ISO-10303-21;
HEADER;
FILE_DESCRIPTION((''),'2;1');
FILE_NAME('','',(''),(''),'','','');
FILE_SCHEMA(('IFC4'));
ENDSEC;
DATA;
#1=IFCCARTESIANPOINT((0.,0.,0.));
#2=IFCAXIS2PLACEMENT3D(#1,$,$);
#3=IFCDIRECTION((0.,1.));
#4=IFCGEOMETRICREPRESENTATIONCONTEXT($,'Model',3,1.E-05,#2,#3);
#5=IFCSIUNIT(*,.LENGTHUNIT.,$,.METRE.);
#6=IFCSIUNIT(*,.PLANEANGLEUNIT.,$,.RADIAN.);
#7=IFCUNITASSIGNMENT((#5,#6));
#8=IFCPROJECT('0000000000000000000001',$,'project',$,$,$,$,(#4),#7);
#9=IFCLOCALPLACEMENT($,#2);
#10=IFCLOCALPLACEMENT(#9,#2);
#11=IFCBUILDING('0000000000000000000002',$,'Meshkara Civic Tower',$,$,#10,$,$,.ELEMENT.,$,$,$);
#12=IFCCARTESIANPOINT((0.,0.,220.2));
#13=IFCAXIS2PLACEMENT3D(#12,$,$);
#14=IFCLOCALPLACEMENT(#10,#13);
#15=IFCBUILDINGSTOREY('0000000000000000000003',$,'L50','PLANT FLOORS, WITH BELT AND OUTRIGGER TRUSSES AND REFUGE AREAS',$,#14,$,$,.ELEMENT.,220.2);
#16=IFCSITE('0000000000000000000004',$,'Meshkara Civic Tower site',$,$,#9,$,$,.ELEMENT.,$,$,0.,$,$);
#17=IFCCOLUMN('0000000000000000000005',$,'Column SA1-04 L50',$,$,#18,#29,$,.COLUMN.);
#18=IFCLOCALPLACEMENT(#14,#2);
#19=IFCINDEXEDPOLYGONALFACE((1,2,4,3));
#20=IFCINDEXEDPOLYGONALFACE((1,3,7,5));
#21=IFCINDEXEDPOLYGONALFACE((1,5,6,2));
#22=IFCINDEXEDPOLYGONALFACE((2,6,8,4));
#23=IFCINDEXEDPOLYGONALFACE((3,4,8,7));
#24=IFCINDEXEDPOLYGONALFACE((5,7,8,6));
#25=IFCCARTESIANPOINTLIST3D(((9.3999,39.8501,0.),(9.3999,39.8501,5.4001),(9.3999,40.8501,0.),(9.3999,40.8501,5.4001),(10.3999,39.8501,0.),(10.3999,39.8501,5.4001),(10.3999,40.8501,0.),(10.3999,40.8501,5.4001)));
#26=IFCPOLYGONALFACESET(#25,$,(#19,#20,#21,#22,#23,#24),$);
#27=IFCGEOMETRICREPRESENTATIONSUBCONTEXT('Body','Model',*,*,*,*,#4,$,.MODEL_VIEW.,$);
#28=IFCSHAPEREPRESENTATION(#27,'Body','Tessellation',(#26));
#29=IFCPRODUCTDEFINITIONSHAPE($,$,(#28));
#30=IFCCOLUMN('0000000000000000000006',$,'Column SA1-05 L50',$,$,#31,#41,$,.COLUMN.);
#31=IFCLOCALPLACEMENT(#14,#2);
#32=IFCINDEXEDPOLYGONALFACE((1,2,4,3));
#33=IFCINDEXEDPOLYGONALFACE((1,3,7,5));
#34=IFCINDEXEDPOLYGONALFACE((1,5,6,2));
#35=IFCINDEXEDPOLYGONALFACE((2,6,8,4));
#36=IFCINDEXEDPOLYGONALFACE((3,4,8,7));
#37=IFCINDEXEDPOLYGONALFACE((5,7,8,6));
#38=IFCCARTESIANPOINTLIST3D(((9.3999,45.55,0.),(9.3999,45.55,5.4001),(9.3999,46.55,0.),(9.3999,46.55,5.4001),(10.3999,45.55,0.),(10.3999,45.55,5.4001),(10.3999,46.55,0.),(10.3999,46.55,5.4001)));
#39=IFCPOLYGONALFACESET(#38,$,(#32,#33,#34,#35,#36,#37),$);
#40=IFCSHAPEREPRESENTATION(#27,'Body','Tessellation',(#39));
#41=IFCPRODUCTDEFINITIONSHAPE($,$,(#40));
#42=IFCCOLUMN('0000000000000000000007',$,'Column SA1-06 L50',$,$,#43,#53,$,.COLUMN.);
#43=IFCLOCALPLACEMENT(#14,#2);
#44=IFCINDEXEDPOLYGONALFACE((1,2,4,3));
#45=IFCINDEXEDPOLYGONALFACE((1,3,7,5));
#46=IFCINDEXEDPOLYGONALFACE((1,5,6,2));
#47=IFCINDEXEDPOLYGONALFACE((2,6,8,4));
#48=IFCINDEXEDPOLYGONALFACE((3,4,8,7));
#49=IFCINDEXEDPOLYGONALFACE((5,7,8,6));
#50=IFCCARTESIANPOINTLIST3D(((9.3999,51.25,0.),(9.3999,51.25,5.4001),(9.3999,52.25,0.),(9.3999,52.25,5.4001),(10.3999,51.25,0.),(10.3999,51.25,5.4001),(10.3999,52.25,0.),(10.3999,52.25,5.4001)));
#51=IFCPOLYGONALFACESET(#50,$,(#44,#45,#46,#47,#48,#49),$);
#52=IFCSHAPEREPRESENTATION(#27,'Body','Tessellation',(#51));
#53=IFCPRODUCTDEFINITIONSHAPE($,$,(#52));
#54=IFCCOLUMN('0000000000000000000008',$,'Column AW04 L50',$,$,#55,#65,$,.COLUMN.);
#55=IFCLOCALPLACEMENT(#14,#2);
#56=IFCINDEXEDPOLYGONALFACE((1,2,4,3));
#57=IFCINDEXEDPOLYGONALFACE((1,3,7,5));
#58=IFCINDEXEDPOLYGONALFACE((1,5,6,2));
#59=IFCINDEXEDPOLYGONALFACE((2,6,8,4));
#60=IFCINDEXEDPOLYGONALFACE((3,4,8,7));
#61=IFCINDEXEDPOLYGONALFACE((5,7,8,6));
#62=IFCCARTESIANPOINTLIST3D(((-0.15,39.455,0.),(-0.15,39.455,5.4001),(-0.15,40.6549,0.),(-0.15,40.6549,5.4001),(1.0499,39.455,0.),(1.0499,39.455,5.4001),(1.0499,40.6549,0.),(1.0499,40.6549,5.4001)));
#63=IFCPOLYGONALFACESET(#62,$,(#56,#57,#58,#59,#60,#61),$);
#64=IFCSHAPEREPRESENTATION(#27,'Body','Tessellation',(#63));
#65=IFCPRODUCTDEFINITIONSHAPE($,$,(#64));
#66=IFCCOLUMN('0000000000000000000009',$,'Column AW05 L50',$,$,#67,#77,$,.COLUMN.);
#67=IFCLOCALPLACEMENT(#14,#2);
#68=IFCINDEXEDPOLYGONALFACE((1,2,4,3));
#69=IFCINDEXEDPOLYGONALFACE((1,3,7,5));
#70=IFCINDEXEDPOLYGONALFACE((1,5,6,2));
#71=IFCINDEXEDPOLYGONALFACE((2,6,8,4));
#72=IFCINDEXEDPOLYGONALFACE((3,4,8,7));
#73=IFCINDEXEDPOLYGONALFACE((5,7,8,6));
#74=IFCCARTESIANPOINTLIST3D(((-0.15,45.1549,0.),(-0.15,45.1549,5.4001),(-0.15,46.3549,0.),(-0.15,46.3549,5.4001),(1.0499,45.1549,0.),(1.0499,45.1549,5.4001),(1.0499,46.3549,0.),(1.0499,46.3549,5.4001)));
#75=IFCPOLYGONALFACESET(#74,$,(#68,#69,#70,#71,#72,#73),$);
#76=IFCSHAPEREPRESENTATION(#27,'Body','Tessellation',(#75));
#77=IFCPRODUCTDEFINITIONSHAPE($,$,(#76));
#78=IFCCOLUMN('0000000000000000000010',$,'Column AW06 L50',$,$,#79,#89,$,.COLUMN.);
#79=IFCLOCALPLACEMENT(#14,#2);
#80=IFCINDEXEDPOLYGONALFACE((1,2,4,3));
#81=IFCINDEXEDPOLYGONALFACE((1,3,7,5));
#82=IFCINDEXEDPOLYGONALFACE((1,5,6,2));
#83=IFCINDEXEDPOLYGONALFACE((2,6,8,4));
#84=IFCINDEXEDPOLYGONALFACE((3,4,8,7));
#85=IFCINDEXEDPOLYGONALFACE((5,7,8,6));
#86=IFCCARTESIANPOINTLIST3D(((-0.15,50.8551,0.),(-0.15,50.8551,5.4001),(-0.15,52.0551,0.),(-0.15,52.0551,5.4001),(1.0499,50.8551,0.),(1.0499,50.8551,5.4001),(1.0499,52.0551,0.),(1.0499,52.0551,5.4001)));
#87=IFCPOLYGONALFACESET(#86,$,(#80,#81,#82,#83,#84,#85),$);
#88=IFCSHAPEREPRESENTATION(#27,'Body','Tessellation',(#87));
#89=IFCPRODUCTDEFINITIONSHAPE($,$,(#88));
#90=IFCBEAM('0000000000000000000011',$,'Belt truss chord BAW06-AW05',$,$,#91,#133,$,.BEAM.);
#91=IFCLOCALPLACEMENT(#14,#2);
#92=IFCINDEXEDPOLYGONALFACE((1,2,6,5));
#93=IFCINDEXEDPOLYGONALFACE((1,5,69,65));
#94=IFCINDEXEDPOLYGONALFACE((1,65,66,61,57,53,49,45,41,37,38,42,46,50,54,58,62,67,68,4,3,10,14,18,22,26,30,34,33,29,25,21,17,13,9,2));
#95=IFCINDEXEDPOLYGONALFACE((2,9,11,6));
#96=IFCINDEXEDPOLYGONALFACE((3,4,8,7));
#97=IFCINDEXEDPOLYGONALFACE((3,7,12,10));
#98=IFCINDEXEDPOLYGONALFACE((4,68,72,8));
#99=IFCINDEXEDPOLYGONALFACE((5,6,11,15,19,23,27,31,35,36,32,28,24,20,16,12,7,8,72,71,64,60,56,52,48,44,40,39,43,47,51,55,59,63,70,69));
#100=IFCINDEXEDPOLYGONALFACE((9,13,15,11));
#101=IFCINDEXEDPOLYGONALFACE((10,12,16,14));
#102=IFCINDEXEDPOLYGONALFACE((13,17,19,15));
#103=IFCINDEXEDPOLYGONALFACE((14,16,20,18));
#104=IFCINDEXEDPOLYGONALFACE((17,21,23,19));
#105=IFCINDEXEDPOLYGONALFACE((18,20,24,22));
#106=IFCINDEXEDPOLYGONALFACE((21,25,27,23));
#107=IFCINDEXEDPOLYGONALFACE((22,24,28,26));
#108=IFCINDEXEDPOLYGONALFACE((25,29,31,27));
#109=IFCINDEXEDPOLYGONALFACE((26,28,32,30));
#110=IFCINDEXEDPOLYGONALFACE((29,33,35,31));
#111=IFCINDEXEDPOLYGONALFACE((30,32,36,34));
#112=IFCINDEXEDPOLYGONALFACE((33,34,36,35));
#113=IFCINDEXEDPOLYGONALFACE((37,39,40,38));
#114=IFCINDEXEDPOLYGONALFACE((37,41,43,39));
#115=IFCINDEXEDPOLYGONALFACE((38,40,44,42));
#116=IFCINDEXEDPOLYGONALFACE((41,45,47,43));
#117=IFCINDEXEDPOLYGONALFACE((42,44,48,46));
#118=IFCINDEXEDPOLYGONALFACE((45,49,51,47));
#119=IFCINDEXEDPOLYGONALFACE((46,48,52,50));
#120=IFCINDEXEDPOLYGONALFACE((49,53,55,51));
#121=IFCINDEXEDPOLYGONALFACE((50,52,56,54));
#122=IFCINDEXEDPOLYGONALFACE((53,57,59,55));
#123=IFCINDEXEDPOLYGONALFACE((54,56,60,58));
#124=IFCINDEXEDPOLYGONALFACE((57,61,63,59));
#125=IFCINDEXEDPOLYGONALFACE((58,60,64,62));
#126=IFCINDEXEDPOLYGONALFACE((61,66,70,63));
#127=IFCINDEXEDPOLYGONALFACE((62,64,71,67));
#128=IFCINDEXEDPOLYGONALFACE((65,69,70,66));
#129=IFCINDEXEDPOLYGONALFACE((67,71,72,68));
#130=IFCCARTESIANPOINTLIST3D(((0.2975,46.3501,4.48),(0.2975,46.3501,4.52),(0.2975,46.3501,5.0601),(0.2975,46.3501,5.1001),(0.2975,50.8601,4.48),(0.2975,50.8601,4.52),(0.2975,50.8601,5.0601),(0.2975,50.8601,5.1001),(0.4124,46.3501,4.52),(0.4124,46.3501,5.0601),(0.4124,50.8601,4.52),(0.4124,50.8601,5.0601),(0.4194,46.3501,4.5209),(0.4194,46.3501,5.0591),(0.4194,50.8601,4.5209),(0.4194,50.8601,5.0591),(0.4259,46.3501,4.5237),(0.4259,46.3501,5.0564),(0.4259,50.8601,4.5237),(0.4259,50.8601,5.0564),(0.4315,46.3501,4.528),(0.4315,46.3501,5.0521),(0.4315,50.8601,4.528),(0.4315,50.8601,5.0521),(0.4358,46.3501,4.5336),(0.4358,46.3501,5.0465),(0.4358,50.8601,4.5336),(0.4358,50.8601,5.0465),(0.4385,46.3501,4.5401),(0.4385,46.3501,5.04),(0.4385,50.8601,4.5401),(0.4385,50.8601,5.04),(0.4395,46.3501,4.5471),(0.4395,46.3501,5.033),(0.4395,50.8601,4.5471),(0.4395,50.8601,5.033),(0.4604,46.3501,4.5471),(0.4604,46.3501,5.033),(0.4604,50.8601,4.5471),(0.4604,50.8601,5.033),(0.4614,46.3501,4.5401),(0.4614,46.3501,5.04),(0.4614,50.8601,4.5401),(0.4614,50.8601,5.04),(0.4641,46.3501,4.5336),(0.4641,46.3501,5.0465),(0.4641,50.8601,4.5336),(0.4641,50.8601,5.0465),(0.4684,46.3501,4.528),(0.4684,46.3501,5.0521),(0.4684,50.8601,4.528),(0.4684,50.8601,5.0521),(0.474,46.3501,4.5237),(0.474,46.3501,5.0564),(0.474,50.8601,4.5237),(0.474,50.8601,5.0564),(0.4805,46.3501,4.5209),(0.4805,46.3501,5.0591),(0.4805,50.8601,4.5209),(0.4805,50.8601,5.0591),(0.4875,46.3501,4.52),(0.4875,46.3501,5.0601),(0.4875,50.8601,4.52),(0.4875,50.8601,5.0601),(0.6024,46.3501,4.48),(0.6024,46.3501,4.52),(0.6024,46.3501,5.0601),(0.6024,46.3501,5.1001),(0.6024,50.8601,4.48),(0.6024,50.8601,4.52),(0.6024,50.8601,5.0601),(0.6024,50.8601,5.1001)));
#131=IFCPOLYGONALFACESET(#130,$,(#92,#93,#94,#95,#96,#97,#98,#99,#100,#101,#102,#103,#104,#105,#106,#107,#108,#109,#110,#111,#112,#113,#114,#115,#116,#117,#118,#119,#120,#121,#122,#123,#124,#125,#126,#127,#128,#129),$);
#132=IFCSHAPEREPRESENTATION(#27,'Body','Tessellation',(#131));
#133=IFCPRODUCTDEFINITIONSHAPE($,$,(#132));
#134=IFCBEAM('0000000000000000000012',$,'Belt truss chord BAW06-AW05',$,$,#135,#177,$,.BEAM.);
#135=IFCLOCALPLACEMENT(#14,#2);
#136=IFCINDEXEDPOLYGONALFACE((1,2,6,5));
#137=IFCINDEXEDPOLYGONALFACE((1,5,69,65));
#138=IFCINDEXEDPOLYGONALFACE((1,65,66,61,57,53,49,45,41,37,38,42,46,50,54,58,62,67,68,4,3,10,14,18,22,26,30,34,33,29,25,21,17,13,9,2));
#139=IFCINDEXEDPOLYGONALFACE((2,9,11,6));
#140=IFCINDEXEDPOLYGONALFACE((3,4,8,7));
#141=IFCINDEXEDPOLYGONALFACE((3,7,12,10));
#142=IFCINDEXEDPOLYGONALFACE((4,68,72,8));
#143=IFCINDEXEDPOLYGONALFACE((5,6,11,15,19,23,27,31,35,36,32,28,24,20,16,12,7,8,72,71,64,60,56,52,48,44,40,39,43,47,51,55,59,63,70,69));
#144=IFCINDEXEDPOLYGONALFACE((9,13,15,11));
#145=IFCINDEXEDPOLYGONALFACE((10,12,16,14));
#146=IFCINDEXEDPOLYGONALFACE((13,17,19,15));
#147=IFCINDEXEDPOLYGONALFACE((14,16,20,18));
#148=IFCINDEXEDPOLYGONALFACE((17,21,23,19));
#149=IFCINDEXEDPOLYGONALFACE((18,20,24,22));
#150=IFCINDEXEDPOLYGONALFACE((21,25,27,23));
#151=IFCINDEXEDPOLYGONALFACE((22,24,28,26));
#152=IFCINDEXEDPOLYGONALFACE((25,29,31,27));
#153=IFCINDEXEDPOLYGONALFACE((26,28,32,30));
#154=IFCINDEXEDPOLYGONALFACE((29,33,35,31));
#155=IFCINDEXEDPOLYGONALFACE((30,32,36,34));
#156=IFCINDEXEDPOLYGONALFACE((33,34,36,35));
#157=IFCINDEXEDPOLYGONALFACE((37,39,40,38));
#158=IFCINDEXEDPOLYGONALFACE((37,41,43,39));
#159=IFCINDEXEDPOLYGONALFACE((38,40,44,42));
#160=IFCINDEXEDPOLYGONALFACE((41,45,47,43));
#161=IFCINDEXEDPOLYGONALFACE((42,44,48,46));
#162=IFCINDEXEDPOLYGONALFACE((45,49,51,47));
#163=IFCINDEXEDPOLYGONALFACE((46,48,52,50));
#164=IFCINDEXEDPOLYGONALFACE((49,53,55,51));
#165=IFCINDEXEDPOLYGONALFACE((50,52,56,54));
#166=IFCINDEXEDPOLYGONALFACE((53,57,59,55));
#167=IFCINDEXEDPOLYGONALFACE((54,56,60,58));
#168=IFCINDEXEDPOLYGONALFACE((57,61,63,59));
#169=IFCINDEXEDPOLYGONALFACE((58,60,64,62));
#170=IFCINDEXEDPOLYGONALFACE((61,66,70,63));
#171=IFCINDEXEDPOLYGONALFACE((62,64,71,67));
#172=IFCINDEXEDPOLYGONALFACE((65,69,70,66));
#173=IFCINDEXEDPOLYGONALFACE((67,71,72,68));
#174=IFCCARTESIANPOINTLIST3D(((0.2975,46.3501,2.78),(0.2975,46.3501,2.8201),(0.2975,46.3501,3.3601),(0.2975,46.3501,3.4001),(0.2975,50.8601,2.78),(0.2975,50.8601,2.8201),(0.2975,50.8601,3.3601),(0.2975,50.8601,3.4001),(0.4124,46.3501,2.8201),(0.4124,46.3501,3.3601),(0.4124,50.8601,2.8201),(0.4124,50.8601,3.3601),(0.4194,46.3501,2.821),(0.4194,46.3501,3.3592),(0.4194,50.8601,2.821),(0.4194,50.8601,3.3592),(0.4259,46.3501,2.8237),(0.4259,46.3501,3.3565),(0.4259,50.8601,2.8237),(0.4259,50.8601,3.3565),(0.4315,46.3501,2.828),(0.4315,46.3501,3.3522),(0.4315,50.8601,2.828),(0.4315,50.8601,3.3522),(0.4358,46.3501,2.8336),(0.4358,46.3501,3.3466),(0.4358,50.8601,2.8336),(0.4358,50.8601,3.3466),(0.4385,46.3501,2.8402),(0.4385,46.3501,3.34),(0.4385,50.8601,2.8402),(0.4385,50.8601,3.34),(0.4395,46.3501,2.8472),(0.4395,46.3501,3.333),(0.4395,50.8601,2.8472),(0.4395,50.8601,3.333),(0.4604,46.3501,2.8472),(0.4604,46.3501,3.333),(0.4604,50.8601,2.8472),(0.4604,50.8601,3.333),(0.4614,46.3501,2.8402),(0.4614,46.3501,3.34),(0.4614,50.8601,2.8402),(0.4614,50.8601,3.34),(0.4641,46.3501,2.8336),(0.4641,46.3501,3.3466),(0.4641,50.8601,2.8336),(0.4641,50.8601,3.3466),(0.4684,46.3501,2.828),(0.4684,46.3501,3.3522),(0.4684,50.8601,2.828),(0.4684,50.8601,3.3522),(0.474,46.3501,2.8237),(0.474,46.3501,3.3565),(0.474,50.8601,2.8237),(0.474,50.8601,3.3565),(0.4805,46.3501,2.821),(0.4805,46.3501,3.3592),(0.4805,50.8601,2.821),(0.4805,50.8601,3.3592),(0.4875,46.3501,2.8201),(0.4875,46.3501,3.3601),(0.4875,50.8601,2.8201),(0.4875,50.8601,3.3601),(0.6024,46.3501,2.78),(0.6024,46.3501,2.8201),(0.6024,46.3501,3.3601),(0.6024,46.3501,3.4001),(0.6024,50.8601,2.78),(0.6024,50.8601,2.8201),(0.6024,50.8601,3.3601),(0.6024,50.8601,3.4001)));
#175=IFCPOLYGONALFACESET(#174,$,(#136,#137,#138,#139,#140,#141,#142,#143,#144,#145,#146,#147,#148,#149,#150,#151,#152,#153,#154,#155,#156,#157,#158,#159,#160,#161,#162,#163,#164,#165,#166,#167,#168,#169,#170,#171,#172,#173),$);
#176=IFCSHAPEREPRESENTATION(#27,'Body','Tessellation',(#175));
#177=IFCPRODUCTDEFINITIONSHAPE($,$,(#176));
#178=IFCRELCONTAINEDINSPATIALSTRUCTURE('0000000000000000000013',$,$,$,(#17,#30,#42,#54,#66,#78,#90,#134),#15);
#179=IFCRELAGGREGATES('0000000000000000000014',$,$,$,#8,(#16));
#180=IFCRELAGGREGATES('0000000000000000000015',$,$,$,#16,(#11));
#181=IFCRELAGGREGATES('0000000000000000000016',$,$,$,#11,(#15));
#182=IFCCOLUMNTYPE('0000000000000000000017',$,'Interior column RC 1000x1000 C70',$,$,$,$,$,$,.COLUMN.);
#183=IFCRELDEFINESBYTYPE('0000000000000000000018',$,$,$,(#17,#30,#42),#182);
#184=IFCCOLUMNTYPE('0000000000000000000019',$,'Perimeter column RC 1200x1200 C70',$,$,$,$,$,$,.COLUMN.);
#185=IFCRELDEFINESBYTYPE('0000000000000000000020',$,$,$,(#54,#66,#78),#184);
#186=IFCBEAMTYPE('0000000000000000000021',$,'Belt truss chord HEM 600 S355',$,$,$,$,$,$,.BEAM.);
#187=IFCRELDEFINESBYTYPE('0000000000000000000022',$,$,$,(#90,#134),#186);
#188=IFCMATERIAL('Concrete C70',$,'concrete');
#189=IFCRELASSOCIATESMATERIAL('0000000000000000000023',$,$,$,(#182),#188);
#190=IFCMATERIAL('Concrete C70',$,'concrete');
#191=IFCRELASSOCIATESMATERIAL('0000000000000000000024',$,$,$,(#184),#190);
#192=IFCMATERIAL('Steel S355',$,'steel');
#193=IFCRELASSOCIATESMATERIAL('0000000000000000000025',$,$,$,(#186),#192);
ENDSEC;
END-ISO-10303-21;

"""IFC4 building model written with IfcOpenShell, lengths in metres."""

from ifc_helpers import new_model, si_unit, direction, frame, origin, origin_2d, place, context, subcontext, project, spatial, rectangle, i_section, extrude, material, material_profile, profile_set, type_object, element, save


model = new_model("IFC4")

# Units and contexts
model_context = context("Model", 3, precision=1e-05, world=origin(), true_north=direction((0.0, 1.0)))
body_context = subcontext(model_context, "Body", "Model", "MODEL_VIEW")
ifc_project = project(units=[si_unit("LENGTHUNIT", "METRE"), si_unit("PLANEANGLEUNIT", "RADIAN")], contexts=[model_context])

# Site, building, storey
site_placement = place(None, origin())
site = spatial("IfcSite", under=ifc_project, at=site_placement, Name="Meshkara Civic Tower site", CompositionType="ELEMENT", RefElevation=0.0)
building_placement = place(site_placement, origin())
building = spatial("IfcBuilding", under=site, at=building_placement, Name="Meshkara Civic Tower", CompositionType="ELEMENT")
storey_placement = place(building_placement, frame((0.0, 0.0, 220.2)))
storey = spatial("IfcBuildingStorey", under=building, at=storey_placement, Name="L50", Description="PLANT FLOORS, WITH BELT AND OUTRIGGER TRUSSES AND REFUGE AREAS", CompositionType="ELEMENT", Elevation=220.2)

# Columns
ifc_material_1 = material(Name="Concrete C70", Category="concrete")
ifc_material_profile_1 = material_profile(ifc_material_1, rectangle(XDim=1.0, YDim=1.0, at=origin_2d()))
ifc_profile_set_1 = profile_set([ifc_material_profile_1], Name="Concrete C70")
column_type_1 = type_object("IfcColumnType", Name="Interior column RC 1000x1000 C70", PredefinedType="COLUMN", material=ifc_profile_set_1)
for number, where, z_axis, x_axis, name in (
    (1, (9.8999, 40.3501, 0.0), (0.0, 0.0, 1.0), (1.0, 0.0, 0.0), "Column SA1-04 L50"),
    (2, (9.8999, 46.05, 0.0), (0.0, 0.0, 1.0), (1.0, 0.0, 0.0), "Column SA1-05 L50"),
    (3, (9.8999, 51.75, 0.0), (0.0, 0.0, 1.0), (1.0, 0.0, 0.0), "Column SA1-06 L50"),
):
    element("IfcColumn", number, at=place(storey_placement, frame(where, z_axis=z_axis, x_axis=x_axis)), inside=storey, type_object=column_type_1, Name=name, PredefinedType="COLUMN", context=body_context, shape_type="SweptSolid", body=[
        extrude(rectangle(XDim=1.0, YDim=1.0, at=origin_2d()), origin(), (0.0, 0.0, 1.0), 5.4001),
    ])
ifc_material_2 = material(Name="Concrete C70", Category="concrete")
ifc_material_profile_2 = material_profile(ifc_material_2, rectangle(XDim=1.2, YDim=1.2, at=origin_2d()))
ifc_profile_set_2 = profile_set([ifc_material_profile_2], Name="Concrete C70")
column_type_2 = type_object("IfcColumnType", Name="Perimeter column RC 1200x1200 C70", PredefinedType="COLUMN", material=ifc_profile_set_2)
for number, where, z_axis, x_axis, name in (
    (4, (0.45, 40.0549, 0.0), (0.0, 0.0, 1.0), (1.0, 0.0, 0.0), "Column AW04 L50"),
    (5, (0.45, 45.7549, 0.0), (0.0, 0.0, 1.0), (1.0, 0.0, 0.0), "Column AW05 L50"),
    (6, (0.45, 51.4551, 0.0), (0.0, 0.0, 1.0), (1.0, 0.0, 0.0), "Column AW06 L50"),
):
    element("IfcColumn", number, at=place(storey_placement, frame(where, z_axis=z_axis, x_axis=x_axis)), inside=storey, type_object=column_type_2, Name=name, PredefinedType="COLUMN", context=body_context, shape_type="SweptSolid", body=[
        extrude(rectangle(XDim=1.2, YDim=1.2, at=origin_2d()), origin(), (0.0, 0.0, 1.0), 5.4001),
    ])

# Beams
ifc_material_3 = material(Name="Steel S355", Category="steel")
ifc_material_profile_3 = material_profile(ifc_material_3, i_section(OverallWidth=0.3049, OverallDepth=0.6201, WebThickness=0.021, FlangeThickness=0.04, FilletRadius=0.0271, at=origin_2d()))
ifc_profile_set_3 = profile_set([ifc_material_profile_3], Name="Steel S355")
beam_type_1 = type_object("IfcBeamType", Name="Belt truss chord HEM 600 S355", PredefinedType="BEAM", material=ifc_profile_set_3)
for number, where, z_axis, x_axis, name in (
    (7, (0.45, 50.8601, 4.79), (0.0, -1.0, 0.0), (1.0, 0.0, 0.0), "Belt truss chord BAW06-AW05"),
    (8, (0.45, 50.8601, 3.0901), (0.0, -1.0, 0.0), (1.0, 0.0, 0.0), "Belt truss chord BAW06-AW05"),
):
    element("IfcBeam", number, at=place(storey_placement, frame(where, z_axis=z_axis, x_axis=x_axis)), inside=storey, type_object=beam_type_1, Name=name, PredefinedType="BEAM", context=body_context, shape_type="SweptSolid", body=[
        extrude(i_section(OverallWidth=0.3049, OverallDepth=0.6201, WebThickness=0.021, FlangeThickness=0.04, FilletRadius=0.0271, at=origin_2d()), origin(), (0.0, 0.0, 1.0), 4.51),
    ])

save(model, "model.ifc")
